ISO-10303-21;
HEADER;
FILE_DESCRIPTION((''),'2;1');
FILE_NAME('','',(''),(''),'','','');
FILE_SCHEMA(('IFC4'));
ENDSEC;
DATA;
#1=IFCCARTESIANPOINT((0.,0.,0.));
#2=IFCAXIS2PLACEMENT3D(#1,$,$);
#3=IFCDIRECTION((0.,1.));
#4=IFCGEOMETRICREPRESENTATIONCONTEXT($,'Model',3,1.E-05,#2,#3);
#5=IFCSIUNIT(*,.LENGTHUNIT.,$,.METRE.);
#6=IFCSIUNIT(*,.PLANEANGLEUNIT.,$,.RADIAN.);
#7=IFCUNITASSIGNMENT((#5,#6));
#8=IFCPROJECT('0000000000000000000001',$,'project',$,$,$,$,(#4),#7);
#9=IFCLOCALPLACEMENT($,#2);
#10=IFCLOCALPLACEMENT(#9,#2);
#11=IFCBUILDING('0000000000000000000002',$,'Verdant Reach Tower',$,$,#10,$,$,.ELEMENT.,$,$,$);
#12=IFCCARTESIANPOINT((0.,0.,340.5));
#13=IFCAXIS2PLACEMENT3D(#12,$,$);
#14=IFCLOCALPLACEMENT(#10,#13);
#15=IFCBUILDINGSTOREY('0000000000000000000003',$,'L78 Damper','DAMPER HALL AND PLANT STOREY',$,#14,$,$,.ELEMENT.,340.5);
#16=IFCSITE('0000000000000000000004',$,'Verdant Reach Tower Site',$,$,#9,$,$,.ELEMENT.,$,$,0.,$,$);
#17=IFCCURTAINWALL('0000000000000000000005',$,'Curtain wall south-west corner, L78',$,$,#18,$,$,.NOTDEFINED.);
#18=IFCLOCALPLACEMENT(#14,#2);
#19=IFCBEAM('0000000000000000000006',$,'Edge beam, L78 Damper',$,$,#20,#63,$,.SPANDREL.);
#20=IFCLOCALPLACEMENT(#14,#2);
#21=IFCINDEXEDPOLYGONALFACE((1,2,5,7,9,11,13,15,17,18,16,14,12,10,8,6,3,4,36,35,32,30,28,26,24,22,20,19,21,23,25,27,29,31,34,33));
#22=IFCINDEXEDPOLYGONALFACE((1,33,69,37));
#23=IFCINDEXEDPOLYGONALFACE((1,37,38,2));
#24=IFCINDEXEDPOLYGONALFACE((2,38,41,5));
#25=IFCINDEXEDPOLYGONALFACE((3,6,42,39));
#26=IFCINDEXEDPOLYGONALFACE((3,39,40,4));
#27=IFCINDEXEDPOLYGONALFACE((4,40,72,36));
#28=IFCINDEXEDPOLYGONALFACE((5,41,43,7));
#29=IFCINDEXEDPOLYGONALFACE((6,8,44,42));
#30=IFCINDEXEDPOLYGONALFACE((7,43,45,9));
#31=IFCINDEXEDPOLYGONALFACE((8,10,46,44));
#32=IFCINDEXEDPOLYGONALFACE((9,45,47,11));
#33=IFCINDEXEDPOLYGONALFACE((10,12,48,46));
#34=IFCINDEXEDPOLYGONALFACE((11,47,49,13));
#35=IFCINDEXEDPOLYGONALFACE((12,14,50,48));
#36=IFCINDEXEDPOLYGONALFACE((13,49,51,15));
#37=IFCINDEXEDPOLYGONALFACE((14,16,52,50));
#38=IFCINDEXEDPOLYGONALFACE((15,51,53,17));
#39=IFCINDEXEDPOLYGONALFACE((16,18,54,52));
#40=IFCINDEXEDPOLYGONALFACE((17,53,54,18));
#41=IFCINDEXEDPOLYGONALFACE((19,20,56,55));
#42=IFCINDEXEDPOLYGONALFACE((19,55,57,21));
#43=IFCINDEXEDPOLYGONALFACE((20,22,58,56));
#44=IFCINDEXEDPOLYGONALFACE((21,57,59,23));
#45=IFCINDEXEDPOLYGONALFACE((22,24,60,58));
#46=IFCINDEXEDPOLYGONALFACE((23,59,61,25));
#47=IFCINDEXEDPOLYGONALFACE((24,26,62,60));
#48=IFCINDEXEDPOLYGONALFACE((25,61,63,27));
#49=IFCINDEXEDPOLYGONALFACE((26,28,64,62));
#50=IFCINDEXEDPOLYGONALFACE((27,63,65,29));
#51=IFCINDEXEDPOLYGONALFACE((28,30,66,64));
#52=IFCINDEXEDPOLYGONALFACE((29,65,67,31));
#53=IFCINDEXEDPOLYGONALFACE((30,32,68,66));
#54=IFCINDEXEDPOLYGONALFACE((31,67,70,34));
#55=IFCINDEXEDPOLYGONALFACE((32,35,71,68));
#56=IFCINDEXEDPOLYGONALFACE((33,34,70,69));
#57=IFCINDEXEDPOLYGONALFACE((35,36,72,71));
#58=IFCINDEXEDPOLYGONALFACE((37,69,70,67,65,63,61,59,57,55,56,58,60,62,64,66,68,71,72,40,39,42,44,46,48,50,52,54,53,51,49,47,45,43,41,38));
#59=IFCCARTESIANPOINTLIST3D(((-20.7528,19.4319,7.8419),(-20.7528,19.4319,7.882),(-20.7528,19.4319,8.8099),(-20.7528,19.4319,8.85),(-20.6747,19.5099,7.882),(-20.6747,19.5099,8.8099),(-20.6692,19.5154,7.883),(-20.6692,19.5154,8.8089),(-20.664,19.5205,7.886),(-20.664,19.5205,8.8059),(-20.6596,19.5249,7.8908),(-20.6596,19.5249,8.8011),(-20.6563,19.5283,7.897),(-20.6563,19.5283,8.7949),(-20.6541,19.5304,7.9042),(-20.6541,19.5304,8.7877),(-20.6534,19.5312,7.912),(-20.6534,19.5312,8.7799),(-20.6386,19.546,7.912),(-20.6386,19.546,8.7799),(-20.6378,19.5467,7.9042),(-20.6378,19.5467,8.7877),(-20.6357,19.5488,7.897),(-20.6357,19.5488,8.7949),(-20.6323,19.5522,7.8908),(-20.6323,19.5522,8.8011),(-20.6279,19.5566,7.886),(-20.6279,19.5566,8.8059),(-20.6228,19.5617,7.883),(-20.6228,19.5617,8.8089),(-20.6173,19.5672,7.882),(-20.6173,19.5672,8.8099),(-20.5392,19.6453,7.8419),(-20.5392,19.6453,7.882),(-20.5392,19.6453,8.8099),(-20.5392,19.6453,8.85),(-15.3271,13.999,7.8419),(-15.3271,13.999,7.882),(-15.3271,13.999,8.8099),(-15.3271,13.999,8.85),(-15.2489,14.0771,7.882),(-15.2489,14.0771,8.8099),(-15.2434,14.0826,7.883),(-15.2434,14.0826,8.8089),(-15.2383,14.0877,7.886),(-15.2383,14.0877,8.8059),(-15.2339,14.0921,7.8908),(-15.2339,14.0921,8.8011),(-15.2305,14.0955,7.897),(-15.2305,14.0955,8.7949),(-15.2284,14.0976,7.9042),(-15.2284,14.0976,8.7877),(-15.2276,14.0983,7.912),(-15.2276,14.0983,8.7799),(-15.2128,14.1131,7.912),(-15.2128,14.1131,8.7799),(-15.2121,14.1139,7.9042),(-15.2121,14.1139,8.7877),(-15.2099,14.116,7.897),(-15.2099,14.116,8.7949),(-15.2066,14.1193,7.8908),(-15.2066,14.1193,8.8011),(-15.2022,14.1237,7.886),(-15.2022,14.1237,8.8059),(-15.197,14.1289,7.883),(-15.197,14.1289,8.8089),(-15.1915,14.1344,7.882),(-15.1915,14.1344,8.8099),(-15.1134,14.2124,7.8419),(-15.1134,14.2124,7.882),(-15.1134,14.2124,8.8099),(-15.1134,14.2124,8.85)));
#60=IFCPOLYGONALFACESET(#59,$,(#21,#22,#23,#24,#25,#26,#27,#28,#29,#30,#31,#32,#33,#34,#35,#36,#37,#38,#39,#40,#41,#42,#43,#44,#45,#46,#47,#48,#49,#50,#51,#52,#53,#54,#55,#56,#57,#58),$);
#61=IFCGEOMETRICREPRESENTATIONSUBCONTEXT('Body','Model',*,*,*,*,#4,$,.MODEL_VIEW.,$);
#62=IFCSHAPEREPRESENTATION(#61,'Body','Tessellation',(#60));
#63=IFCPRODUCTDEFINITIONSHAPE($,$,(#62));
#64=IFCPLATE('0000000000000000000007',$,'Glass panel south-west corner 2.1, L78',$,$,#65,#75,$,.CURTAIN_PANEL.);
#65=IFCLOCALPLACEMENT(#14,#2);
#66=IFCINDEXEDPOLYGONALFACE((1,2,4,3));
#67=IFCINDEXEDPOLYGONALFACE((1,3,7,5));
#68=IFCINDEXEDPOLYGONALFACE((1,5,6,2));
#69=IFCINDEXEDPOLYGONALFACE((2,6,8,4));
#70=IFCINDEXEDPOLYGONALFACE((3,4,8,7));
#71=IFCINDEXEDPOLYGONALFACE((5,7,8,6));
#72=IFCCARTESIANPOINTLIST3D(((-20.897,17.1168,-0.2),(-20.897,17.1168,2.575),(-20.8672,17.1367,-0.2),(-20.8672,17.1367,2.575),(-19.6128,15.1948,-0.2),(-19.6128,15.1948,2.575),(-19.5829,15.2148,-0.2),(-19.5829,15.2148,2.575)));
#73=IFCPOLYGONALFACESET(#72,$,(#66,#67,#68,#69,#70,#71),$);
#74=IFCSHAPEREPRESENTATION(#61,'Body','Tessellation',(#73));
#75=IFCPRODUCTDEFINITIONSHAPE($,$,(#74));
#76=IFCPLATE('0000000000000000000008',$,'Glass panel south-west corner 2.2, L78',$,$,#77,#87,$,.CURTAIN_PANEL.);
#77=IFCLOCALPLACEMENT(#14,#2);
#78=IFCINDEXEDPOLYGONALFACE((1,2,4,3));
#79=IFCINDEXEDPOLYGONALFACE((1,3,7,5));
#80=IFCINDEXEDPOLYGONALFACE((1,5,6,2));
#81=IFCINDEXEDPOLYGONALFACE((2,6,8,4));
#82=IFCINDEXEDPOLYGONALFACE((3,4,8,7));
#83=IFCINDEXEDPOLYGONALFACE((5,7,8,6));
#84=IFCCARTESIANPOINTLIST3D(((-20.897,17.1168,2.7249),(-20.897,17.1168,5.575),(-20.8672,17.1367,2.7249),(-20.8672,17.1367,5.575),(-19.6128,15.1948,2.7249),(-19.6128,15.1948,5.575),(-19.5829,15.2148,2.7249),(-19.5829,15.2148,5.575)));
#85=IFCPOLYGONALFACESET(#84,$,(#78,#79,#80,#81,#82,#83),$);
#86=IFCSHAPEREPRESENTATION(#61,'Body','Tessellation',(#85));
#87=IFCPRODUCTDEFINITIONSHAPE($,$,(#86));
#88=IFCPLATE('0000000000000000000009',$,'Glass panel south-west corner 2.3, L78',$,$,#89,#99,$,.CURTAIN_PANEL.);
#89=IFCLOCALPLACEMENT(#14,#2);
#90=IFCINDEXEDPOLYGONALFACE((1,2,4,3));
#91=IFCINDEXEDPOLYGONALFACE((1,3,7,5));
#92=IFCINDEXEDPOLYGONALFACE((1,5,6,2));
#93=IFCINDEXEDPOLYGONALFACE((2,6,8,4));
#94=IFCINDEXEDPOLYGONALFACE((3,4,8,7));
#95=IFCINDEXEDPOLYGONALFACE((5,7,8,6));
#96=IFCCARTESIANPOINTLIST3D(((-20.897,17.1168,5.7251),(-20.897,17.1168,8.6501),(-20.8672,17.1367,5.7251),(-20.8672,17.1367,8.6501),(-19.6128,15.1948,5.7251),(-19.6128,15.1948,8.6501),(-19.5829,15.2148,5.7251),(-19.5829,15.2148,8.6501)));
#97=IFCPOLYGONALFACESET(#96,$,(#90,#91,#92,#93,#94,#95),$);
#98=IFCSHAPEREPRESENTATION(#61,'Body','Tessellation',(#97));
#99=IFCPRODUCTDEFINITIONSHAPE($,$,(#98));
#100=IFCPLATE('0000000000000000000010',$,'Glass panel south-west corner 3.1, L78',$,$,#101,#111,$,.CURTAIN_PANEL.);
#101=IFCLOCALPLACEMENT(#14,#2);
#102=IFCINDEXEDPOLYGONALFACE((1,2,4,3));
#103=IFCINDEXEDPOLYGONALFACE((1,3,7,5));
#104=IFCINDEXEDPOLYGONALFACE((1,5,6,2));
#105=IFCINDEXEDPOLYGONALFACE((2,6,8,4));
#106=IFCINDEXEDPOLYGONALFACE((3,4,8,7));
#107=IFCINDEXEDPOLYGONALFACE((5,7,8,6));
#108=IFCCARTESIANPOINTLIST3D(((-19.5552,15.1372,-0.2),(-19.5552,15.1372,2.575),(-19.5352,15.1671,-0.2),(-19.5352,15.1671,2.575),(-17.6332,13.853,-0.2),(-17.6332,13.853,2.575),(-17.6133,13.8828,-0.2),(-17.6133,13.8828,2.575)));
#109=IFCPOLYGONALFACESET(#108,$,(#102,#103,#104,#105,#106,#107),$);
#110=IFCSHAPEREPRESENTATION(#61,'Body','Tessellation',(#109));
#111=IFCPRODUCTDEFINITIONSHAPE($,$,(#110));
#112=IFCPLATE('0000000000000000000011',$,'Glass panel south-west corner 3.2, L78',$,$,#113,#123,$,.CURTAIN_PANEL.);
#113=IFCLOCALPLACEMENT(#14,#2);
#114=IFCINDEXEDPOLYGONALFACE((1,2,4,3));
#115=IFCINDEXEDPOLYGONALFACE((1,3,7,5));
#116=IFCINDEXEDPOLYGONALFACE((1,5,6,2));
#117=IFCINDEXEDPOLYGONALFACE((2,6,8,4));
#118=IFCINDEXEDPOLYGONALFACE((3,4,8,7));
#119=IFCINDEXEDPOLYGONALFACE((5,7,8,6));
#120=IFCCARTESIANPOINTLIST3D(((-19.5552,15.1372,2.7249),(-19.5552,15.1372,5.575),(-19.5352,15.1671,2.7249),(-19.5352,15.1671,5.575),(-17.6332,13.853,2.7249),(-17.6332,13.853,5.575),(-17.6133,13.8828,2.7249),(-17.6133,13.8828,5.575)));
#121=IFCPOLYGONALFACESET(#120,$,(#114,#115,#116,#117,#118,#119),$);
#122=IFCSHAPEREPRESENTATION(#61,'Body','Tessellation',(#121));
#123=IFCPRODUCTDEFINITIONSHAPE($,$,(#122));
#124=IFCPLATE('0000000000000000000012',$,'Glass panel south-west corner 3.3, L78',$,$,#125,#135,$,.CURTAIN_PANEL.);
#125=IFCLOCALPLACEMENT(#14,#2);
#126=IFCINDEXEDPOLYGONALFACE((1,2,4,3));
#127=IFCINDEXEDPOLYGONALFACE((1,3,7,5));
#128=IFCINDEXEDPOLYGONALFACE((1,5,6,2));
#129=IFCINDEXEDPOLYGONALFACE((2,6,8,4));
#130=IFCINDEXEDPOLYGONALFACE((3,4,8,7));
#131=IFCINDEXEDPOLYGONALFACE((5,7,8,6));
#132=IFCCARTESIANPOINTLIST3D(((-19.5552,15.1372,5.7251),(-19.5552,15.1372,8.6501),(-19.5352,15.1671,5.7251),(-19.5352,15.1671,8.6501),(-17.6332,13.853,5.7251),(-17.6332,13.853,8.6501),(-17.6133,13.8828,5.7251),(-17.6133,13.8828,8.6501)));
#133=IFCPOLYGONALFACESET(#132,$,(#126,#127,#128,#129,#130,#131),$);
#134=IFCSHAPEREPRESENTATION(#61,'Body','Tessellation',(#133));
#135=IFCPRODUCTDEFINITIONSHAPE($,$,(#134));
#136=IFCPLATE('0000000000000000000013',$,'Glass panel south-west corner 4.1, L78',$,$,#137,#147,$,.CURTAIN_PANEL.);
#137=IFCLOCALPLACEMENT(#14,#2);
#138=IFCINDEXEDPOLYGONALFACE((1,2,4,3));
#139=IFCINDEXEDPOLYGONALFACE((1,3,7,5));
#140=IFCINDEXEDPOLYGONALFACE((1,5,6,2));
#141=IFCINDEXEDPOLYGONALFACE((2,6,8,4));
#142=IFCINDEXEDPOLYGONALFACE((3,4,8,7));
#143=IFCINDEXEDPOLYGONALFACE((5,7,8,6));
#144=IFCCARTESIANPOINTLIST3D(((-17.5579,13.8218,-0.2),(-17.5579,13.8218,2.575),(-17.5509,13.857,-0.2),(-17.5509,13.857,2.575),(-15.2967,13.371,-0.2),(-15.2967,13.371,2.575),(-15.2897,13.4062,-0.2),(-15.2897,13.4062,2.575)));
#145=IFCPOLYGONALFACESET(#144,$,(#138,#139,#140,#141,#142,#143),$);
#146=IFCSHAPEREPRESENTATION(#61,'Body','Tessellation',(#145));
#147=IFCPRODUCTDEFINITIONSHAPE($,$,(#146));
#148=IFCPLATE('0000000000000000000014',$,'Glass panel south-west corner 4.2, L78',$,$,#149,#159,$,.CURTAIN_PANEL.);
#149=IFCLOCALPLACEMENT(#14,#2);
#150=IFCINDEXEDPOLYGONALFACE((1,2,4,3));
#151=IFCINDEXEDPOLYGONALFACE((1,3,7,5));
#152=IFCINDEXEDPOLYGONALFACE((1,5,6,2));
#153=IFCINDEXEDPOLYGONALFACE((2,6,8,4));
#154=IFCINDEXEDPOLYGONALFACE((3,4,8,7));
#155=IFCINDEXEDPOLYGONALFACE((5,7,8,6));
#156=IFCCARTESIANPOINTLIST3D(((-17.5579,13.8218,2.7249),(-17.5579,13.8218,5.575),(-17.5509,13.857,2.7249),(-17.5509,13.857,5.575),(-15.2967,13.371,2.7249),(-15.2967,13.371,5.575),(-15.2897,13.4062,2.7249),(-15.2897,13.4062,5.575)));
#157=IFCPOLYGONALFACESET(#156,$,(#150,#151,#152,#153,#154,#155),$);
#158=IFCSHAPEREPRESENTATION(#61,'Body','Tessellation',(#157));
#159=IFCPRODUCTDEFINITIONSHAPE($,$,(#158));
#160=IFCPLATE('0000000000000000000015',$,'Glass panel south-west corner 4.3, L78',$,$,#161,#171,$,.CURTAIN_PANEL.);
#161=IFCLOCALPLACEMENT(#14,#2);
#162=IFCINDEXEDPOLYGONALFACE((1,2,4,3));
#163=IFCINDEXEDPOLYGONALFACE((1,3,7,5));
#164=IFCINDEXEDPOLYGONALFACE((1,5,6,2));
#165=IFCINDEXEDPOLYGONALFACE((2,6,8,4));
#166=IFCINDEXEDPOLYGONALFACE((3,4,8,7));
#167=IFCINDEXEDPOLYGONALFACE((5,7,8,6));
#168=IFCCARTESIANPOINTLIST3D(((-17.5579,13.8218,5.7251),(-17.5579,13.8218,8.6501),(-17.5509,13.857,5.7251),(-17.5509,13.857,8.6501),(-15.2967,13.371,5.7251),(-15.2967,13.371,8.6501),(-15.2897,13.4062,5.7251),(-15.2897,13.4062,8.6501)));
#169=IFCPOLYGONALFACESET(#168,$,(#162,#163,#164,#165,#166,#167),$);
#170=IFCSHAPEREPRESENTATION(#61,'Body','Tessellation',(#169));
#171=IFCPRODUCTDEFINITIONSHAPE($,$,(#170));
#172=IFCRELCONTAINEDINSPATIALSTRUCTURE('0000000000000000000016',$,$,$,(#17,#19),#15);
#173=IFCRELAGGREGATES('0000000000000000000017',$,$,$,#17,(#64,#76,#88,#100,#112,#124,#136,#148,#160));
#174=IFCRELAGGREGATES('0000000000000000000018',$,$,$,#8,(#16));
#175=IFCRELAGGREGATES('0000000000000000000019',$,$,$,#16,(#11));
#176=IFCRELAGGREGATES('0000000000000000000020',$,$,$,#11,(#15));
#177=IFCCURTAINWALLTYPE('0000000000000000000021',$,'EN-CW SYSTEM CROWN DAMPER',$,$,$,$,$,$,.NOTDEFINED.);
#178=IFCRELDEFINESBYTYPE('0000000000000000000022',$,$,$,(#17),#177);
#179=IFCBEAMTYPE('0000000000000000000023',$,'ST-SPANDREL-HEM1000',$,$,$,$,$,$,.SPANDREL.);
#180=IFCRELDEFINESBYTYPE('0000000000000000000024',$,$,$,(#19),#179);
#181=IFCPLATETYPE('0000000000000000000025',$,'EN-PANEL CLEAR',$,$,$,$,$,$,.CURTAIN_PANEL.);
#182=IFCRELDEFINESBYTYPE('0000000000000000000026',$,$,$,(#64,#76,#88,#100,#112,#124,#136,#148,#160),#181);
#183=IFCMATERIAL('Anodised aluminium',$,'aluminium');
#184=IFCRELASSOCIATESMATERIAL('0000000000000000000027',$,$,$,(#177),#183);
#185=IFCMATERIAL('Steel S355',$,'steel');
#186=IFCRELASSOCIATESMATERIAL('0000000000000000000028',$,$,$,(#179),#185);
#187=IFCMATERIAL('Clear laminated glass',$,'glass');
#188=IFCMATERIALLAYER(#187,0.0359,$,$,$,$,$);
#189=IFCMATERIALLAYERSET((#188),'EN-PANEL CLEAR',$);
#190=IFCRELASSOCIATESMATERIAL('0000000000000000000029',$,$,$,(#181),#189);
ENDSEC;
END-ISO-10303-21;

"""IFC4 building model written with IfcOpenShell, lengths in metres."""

from ifc_helpers import new_model, si_unit, direction, frame, origin, origin_2d, place, context, subcontext, project, spatial, rectangle, i_section, extrude, material, layer, layer_set, material_profile, profile_set, type_object, element, aggregate, save


model = new_model("IFC4")

# Units and contexts
model_context = context("Model", 3, precision=1e-05, world=origin(), true_north=direction((0.0, 1.0)))
body_context = subcontext(model_context, "Body", "Model", "MODEL_VIEW")
ifc_project = project(units=[si_unit("LENGTHUNIT", "METRE"), si_unit("PLANEANGLEUNIT", "RADIAN")], contexts=[model_context])

# Site, building, storey
site_placement = place(None, origin())
site = spatial("IfcSite", under=ifc_project, at=site_placement, Name="Verdant Reach Tower Site", CompositionType="ELEMENT", RefElevation=0.0)
building_placement = place(site_placement, origin())
building = spatial("IfcBuilding", under=site, at=building_placement, Name="Verdant Reach Tower", CompositionType="ELEMENT")
storey_placement = place(building_placement, frame((0.0, 0.0, 340.5)))
storey = spatial("IfcBuildingStorey", under=building, at=storey_placement, Name="L78 Damper", Description="DAMPER HALL AND PLANT STOREY", CompositionType="ELEMENT", Elevation=340.5)

# Curtain wall
ifc_material_1 = material(Name="Anodised aluminium", Category="aluminium")
curtain_wall_type = type_object("IfcCurtainWallType", Name="EN-CW SYSTEM CROWN DAMPER", PredefinedType="NOTDEFINED", material=ifc_material_1)
curtain_wall_1_placement = place(storey_placement, origin())
curtain_wall_1 = element("IfcCurtainWall", 1, at=curtain_wall_1_placement, inside=storey, type_object=curtain_wall_type, Name="Curtain wall south-west corner, L78", PredefinedType="NOTDEFINED")

# Beam
ifc_material_2 = material(Name="Steel S355", Category="steel")
ifc_material_profile_1 = material_profile(ifc_material_2, i_section(OverallWidth=0.302, OverallDepth=1.0081, WebThickness=0.021, FlangeThickness=0.04, FilletRadius=0.03, at=origin_2d()), Name="HEM 1000")
ifc_profile_set_1 = profile_set([ifc_material_profile_1], Name="Steel S355")
beam_type_1 = type_object("IfcBeamType", Name="ST-SPANDREL-HEM1000", PredefinedType="SPANDREL", material=ifc_profile_set_1)
beam_1_placement = place(storey_placement, frame((-15.2202, 14.1057, 8.3459), z_axis=(-0.706646, 0.707568, 0.0), x_axis=(-0.707568, -0.706646, 0.0)))
element("IfcBeam", 2, at=beam_1_placement, inside=storey, type_object=beam_type_1, Name="Edge beam, L78 Damper", PredefinedType="SPANDREL", context=body_context, shape_type="SweptSolid", body=[
    extrude(i_section(OverallWidth=0.302, OverallDepth=1.0081, WebThickness=0.021, FlangeThickness=0.04, FilletRadius=0.03, at=origin_2d()), origin(), (0.0, 0.0, 1.0), 7.6782),
])

# Plates
ifc_material_3 = material(Name="Clear laminated glass", Category="glass")
ifc_layer = layer(ifc_material_3, 0.0359)
ifc_layer_set = layer_set([ifc_layer], Name="EN-PANEL CLEAR")
plate_type = type_object("IfcPlateType", Name="EN-PANEL CLEAR", PredefinedType="CURTAIN_PANEL", material=ifc_layer_set)
plate_1_placement = place(storey_placement, frame((-20.24, 16.1658, -0.2), z_axis=(0.0, 0.0, 1.0), x_axis=(0.555596, -0.831452, 0.0)))
plate_1 = element("IfcPlate", 3, at=plate_1_placement, type_object=plate_type, Name="Glass panel south-west corner 2.1, L78", PredefinedType="CURTAIN_PANEL", context=body_context, shape_type="SweptSolid", body=[
    extrude(rectangle(XDim=2.3115, YDim=0.0359, at=origin_2d()), origin(), (0.0, 0.0, 1.0), 2.7749),
])
plate_2_placement = place(storey_placement, frame((-20.24, 16.1658, 2.7249), z_axis=(0.0, 0.0, 1.0), x_axis=(0.555596, -0.831452, 0.0)))
plate_2 = element("IfcPlate", 4, at=plate_2_placement, type_object=plate_type, Name="Glass panel south-west corner 2.2, L78", PredefinedType="CURTAIN_PANEL", context=body_context, shape_type="SweptSolid", body=[
    extrude(rectangle(XDim=2.3115, YDim=0.0359, at=origin_2d()), origin(), (0.0, 0.0, 1.0), 2.8501),
])
plate_3_placement = place(storey_placement, frame((-20.24, 16.1658, 5.7251), z_axis=(0.0, 0.0, 1.0), x_axis=(0.555596, -0.831452, 0.0)))
plate_3 = element("IfcPlate", 5, at=plate_3_placement, type_object=plate_type, Name="Glass panel south-west corner 2.3, L78", PredefinedType="CURTAIN_PANEL", context=body_context, shape_type="SweptSolid", body=[
    extrude(rectangle(XDim=2.3115, YDim=0.0359, at=origin_2d()), origin(), (0.0, 0.0, 1.0), 2.925),
])
plate_4_placement = place(storey_placement, frame((-18.5842, 14.51, -0.2), z_axis=(0.0, 0.0, 1.0), x_axis=(0.831452, -0.555596, 0.0)))
plate_4 = element("IfcPlate", 6, at=plate_4_placement, type_object=plate_type, Name="Glass panel south-west corner 3.1, L78", PredefinedType="CURTAIN_PANEL", context=body_context, shape_type="SweptSolid", body=[
    extrude(rectangle(XDim=2.3115, YDim=0.0359, at=origin_2d()), origin(), (0.0, 0.0, 1.0), 2.7749),
])
plate_5_placement = place(storey_placement, frame((-18.5842, 14.51, 2.7249), z_axis=(0.0, 0.0, 1.0), x_axis=(0.831452, -0.555596, 0.0)))
plate_5 = element("IfcPlate", 7, at=plate_5_placement, type_object=plate_type, Name="Glass panel south-west corner 3.2, L78", PredefinedType="CURTAIN_PANEL", context=body_context, shape_type="SweptSolid", body=[
    extrude(rectangle(XDim=2.3115, YDim=0.0359, at=origin_2d()), origin(), (0.0, 0.0, 1.0), 2.8501),
])
plate_6_placement = place(storey_placement, frame((-18.5842, 14.51, 5.7251), z_axis=(0.0, 0.0, 1.0), x_axis=(0.831452, -0.555596, 0.0)))
plate_6 = element("IfcPlate", 8, at=plate_6_placement, type_object=plate_type, Name="Glass panel south-west corner 3.3, L78", PredefinedType="CURTAIN_PANEL", context=body_context, shape_type="SweptSolid", body=[
    extrude(rectangle(XDim=2.3115, YDim=0.0359, at=origin_2d()), origin(), (0.0, 0.0, 1.0), 2.925),
])
plate_7_placement = place(storey_placement, frame((-16.4238, 13.614, -0.2), z_axis=(0.0, 0.0, 1.0), x_axis=(0.980705, -0.195493, 0.0)))
plate_7 = element("IfcPlate", 9, at=plate_7_placement, type_object=plate_type, Name="Glass panel south-west corner 4.1, L78", PredefinedType="CURTAIN_PANEL", context=body_context, shape_type="SweptSolid", body=[
    extrude(rectangle(XDim=2.3057, YDim=0.0359, at=origin_2d()), origin(), (0.0, 0.0, 1.0), 2.7749),
])
plate_8_placement = place(storey_placement, frame((-16.4238, 13.614, 2.7249), z_axis=(0.0, 0.0, 1.0), x_axis=(0.980705, -0.195493, 0.0)))
plate_8 = element("IfcPlate", 10, at=plate_8_placement, type_object=plate_type, Name="Glass panel south-west corner 4.2, L78", PredefinedType="CURTAIN_PANEL", context=body_context, shape_type="SweptSolid", body=[
    extrude(rectangle(XDim=2.3057, YDim=0.0359, at=origin_2d()), origin(), (0.0, 0.0, 1.0), 2.8501),
])
plate_9_placement = place(storey_placement, frame((-16.4238, 13.614, 5.7251), z_axis=(0.0, 0.0, 1.0), x_axis=(0.980705, -0.195493, 0.0)))
plate_9 = element("IfcPlate", 11, at=plate_9_placement, type_object=plate_type, Name="Glass panel south-west corner 4.3, L78", PredefinedType="CURTAIN_PANEL", context=body_context, shape_type="SweptSolid", body=[
    extrude(rectangle(XDim=2.3057, YDim=0.0359, at=origin_2d()), origin(), (0.0, 0.0, 1.0), 2.925),
])
aggregate(curtain_wall_1, [plate_1, plate_2, plate_3, plate_4, plate_5, plate_6, plate_7, plate_8, plate_9])

save(model, "model.ifc")
